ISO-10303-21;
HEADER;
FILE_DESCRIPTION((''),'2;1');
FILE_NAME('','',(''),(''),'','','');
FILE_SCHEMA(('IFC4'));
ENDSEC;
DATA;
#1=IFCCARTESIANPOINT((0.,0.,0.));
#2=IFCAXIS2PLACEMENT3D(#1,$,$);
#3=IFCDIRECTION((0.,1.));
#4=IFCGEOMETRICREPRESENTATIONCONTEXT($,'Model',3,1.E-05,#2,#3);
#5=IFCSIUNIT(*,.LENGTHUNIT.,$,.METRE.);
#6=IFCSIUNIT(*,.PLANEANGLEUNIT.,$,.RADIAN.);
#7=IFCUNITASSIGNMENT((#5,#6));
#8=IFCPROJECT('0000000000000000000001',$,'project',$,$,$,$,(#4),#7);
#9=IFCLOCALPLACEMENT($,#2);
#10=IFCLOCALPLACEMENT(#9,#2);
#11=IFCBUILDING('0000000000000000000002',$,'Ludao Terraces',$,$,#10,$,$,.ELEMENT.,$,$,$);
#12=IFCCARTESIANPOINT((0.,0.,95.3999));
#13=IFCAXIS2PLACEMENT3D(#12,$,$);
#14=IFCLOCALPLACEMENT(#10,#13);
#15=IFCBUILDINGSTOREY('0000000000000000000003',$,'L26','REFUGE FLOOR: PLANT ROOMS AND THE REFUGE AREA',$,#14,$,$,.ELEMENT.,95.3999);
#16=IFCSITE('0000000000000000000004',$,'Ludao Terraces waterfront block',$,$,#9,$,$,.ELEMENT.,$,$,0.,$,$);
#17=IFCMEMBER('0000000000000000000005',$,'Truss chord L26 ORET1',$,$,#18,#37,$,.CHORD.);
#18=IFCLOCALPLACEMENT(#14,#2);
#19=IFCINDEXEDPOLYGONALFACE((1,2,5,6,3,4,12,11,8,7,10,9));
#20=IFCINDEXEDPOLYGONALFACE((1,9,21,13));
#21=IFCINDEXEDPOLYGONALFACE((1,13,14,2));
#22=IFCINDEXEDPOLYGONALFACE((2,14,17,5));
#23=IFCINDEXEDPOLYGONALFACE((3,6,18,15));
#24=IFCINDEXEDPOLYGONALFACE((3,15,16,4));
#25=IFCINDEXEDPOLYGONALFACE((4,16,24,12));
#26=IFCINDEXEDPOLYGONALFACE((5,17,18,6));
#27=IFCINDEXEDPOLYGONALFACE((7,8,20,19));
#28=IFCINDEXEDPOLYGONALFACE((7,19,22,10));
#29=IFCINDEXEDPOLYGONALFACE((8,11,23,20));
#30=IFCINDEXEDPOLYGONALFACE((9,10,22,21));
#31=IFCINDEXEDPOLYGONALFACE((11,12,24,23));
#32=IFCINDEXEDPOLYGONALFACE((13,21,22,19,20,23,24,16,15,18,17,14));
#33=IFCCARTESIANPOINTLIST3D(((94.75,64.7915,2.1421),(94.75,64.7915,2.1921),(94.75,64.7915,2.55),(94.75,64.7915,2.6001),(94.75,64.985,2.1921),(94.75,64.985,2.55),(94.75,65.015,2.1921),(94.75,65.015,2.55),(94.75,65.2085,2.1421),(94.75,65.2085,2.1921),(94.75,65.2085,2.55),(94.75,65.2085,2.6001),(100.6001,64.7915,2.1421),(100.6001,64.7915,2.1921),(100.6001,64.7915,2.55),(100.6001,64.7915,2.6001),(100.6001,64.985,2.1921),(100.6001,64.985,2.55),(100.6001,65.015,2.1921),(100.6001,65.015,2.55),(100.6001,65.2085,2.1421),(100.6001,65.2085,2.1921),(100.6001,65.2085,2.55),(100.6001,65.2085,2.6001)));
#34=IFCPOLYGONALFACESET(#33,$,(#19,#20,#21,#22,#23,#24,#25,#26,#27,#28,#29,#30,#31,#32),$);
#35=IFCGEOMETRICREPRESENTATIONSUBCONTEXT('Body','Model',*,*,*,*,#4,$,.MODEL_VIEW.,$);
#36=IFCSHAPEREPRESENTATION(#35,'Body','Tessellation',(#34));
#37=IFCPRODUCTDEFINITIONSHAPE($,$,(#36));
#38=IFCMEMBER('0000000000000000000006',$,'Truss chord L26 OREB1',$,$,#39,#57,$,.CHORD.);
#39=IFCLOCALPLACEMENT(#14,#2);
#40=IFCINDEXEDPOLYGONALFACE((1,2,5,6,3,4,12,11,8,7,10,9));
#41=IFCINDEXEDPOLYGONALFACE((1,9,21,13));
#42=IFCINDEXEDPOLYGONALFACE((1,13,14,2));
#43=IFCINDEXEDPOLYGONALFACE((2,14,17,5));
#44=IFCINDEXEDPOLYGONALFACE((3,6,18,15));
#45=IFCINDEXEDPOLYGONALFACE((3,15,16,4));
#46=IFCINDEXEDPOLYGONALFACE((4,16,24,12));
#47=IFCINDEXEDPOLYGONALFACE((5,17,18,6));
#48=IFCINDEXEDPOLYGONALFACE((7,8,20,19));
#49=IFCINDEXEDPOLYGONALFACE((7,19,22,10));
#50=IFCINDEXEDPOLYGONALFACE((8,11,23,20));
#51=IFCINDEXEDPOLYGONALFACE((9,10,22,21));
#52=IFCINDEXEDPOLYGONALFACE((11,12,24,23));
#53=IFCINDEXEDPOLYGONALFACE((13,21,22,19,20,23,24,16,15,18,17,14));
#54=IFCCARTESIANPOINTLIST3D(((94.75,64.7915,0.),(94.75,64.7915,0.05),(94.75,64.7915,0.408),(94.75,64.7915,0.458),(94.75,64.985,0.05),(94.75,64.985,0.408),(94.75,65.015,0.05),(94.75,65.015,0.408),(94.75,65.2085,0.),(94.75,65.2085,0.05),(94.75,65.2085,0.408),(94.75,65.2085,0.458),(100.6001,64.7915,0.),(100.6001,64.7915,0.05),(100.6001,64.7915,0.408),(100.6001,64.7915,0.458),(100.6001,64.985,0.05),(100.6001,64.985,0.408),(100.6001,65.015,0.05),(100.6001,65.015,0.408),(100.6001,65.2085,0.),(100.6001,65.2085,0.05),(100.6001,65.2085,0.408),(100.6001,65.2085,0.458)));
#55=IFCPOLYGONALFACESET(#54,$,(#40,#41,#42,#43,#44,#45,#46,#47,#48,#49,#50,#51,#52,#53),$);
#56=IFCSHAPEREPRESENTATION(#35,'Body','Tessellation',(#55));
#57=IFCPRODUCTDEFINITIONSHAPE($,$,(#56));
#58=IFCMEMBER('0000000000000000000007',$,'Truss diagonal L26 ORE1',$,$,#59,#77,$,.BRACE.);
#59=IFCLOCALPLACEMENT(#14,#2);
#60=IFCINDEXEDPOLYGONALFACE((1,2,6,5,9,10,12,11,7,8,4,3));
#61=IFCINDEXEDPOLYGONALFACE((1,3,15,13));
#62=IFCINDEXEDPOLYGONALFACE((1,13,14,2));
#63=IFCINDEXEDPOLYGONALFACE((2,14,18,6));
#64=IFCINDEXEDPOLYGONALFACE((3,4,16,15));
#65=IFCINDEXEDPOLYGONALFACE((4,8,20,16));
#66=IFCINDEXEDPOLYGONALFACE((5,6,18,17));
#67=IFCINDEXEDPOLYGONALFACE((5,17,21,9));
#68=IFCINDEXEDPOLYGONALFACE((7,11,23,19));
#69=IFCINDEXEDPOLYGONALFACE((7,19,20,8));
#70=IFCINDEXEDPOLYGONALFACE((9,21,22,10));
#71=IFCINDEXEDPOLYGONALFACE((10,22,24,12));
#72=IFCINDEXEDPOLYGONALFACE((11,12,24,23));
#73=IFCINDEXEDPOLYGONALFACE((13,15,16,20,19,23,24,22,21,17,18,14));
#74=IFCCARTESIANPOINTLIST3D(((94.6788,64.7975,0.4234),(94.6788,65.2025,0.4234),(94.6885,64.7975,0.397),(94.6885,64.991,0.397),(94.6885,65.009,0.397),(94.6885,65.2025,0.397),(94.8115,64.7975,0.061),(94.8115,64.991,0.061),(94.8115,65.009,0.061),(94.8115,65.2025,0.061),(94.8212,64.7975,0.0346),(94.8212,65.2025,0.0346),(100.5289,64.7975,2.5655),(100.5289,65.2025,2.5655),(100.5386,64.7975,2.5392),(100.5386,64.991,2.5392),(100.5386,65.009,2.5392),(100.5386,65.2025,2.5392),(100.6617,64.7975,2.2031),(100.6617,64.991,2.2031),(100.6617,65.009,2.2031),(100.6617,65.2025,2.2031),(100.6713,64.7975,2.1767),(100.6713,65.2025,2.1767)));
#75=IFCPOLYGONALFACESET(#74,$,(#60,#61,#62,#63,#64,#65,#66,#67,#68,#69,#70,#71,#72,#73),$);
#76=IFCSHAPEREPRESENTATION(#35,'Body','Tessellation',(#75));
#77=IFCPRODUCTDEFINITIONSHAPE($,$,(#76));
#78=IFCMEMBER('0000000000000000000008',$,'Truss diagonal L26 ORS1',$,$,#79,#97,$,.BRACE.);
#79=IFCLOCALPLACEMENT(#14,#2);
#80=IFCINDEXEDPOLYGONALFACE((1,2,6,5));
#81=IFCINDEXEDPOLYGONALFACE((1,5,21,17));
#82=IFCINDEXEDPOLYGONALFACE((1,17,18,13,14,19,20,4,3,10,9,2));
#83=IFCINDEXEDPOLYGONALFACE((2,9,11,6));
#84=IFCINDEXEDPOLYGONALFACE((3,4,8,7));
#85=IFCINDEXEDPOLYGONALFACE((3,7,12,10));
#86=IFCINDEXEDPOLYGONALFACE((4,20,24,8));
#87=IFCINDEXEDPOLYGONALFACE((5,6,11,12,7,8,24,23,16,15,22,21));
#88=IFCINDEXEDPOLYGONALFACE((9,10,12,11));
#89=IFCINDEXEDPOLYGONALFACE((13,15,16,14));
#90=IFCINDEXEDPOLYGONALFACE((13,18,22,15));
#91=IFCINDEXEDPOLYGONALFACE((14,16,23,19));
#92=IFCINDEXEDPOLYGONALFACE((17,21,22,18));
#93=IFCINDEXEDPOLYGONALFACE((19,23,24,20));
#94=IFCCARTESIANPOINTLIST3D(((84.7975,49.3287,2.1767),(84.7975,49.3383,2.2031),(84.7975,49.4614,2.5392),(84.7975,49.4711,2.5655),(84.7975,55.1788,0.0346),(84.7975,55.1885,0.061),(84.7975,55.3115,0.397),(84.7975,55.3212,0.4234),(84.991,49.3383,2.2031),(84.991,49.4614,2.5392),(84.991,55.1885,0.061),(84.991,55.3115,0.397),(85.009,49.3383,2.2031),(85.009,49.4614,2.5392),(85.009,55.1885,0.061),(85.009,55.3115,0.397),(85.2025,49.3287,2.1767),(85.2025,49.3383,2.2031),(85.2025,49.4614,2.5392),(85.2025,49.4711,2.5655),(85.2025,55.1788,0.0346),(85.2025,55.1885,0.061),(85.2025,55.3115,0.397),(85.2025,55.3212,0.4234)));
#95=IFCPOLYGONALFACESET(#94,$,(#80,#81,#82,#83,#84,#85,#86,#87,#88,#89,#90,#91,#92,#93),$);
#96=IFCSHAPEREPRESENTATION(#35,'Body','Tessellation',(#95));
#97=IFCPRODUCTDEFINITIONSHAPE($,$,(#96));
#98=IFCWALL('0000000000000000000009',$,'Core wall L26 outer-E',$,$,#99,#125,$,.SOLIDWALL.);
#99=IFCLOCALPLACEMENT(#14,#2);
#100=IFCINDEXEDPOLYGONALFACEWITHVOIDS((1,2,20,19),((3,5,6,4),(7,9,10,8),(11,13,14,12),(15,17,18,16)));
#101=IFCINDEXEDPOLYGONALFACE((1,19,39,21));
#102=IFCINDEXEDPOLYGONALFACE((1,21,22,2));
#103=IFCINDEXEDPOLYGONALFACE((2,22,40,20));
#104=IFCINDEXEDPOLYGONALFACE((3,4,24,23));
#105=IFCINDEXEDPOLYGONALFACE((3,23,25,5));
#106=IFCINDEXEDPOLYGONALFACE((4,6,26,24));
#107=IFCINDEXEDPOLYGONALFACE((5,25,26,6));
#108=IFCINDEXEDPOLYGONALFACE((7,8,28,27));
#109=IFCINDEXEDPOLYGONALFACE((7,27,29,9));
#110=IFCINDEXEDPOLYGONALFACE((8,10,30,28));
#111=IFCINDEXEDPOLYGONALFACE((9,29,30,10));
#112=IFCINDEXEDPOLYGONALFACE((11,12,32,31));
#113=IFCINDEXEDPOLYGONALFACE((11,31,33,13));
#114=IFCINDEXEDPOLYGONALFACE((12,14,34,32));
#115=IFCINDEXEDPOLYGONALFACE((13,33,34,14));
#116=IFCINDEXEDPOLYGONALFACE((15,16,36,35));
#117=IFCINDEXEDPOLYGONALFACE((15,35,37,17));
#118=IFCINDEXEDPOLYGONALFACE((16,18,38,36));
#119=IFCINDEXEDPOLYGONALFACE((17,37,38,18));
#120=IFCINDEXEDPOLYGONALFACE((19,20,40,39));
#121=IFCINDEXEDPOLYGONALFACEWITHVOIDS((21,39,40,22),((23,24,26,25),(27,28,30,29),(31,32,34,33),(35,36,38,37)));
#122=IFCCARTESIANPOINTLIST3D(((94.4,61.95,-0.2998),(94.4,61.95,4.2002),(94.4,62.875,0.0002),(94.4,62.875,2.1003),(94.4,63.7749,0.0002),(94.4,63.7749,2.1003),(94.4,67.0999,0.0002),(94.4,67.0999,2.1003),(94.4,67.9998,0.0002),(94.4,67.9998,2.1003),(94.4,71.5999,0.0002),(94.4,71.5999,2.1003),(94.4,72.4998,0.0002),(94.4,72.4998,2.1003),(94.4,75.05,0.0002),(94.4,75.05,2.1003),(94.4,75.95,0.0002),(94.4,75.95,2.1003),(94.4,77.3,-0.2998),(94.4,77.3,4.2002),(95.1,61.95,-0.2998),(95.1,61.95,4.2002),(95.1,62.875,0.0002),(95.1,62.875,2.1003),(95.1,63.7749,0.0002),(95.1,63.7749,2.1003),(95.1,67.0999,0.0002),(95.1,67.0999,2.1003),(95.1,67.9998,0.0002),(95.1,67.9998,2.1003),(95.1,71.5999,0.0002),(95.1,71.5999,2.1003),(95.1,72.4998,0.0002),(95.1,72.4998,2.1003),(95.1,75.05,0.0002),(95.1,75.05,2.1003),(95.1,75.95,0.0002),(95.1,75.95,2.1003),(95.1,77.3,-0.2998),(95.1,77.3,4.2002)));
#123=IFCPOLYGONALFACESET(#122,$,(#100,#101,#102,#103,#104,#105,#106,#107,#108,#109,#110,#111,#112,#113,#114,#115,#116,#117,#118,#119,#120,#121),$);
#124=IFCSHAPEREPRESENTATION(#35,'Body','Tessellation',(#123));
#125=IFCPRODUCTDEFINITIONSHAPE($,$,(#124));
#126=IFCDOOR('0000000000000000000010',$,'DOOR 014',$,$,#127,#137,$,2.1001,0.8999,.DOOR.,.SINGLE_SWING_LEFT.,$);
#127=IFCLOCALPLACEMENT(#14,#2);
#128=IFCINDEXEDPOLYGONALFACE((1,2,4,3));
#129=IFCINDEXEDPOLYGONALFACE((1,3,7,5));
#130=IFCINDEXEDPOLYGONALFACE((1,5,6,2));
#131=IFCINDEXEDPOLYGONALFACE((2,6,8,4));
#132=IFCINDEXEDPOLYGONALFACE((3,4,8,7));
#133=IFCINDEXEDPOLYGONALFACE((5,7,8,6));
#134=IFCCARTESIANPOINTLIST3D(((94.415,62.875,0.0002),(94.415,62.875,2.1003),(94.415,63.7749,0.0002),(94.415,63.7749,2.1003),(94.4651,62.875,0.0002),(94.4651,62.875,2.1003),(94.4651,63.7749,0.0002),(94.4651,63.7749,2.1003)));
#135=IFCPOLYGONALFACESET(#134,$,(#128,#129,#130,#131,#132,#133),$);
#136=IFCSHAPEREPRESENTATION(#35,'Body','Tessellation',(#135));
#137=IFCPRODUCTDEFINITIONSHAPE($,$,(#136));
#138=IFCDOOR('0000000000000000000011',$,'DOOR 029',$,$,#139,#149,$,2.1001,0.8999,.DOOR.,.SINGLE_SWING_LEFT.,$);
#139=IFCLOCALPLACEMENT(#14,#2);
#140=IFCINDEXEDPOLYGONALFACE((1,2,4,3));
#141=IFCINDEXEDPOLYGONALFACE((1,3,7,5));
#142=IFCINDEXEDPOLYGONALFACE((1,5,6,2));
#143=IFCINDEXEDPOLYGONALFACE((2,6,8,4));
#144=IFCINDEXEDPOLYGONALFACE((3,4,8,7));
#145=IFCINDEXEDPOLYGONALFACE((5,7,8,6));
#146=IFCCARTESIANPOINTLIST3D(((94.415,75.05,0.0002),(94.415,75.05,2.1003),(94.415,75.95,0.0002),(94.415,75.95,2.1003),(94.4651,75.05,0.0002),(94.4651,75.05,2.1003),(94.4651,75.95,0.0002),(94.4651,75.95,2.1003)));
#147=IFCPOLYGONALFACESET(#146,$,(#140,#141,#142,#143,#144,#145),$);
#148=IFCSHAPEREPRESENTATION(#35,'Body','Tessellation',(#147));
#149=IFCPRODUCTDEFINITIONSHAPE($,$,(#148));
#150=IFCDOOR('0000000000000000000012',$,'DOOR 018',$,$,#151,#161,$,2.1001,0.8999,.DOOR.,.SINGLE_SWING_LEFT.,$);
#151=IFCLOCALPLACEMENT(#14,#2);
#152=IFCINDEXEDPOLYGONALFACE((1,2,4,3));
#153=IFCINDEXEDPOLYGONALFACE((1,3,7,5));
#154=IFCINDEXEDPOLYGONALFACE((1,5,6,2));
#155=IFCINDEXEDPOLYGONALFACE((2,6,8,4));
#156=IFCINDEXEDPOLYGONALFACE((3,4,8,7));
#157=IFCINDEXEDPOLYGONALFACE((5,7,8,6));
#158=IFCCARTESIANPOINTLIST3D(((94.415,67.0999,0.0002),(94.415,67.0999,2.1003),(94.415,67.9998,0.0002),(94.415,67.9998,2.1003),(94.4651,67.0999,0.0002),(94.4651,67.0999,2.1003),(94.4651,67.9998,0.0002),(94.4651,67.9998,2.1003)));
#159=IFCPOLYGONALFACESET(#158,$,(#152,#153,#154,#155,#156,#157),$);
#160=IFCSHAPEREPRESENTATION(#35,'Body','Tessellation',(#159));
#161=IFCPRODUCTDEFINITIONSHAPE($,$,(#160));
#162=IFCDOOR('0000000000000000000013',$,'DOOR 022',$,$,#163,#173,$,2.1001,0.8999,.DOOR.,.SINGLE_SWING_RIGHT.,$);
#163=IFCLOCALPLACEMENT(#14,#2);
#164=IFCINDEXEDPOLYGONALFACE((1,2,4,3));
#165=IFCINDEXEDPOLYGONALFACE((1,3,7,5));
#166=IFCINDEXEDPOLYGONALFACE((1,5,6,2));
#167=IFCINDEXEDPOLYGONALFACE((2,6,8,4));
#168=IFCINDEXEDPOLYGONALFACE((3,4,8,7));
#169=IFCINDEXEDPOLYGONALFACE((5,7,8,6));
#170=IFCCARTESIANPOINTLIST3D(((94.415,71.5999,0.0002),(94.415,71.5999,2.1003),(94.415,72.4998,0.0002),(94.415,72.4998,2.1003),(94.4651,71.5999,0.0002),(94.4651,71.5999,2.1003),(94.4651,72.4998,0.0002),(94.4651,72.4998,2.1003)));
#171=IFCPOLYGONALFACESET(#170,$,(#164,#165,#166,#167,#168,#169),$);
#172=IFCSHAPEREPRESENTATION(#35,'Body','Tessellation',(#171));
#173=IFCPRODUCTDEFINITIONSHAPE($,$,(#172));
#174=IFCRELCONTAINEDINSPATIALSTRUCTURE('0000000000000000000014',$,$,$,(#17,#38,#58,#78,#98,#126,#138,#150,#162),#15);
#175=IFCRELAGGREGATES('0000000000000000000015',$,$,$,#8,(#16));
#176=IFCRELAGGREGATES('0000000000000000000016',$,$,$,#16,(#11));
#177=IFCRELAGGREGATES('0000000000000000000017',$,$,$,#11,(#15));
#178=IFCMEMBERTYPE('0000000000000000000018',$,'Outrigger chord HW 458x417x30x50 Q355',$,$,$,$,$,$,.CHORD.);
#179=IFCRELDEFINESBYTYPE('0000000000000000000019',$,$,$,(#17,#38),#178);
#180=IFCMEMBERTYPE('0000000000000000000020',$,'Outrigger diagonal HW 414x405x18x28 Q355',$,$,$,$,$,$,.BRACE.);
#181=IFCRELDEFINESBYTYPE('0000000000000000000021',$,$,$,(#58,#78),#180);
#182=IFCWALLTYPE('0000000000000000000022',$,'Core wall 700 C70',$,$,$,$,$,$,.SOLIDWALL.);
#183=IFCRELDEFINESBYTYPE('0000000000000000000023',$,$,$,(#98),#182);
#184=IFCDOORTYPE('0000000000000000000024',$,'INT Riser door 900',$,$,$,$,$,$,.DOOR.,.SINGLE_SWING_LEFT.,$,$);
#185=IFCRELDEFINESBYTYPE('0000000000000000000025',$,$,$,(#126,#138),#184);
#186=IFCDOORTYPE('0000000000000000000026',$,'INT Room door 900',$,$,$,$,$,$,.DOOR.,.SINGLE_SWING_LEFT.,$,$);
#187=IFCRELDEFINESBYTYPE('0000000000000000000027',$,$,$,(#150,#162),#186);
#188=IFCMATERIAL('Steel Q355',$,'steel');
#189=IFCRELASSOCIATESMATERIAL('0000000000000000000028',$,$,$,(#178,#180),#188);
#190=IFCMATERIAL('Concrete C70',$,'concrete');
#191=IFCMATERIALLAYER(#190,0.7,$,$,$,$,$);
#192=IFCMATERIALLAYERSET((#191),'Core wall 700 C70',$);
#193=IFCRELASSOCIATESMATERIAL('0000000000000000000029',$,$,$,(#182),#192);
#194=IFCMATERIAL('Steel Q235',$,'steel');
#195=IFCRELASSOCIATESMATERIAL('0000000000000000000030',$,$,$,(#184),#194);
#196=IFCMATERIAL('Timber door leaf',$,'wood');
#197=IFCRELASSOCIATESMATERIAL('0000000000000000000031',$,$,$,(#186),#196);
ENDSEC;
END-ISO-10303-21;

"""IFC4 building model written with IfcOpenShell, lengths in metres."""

from ifc_helpers import new_model, si_unit, direction, frame, frame_2d, origin, origin_2d, place, context, subcontext, project, spatial, rectangle, i_section, extrude, material, layer, layer_set, material_profile, profile_set, type_object, element, fill, save


model = new_model("IFC4")

# Units and contexts
model_context = context("Model", 3, precision=1e-05, world=origin(), true_north=direction((0.0, 1.0)))
body_context = subcontext(model_context, "Body", "Model", "MODEL_VIEW")
ifc_project = project(units=[si_unit("LENGTHUNIT", "METRE"), si_unit("PLANEANGLEUNIT", "RADIAN")], contexts=[model_context])

# Site, building, storey
site_placement = place(None, origin())
site = spatial("IfcSite", under=ifc_project, at=site_placement, Name="Ludao Terraces waterfront block", CompositionType="ELEMENT", RefElevation=0.0)
building_placement = place(site_placement, origin())
building = spatial("IfcBuilding", under=site, at=building_placement, Name="Ludao Terraces", CompositionType="ELEMENT")
storey_placement = place(building_placement, frame((0.0, 0.0, 95.3999)))
storey = spatial("IfcBuildingStorey", under=building, at=storey_placement, Name="L26", Description="REFUGE FLOOR: PLANT ROOMS AND THE REFUGE AREA", CompositionType="ELEMENT", Elevation=95.3999)

# Members
ifc_material_1 = material(Name="Steel Q355", Category="steel")
ifc_material_profile_1 = material_profile(ifc_material_1, i_section(OverallWidth=0.417, OverallDepth=0.458, WebThickness=0.03, FlangeThickness=0.05, at=origin_2d()), Name="HW 458X417X30X50")
ifc_profile_set_1 = profile_set([ifc_material_profile_1], Name="Steel Q355")
member_type_1 = type_object("IfcMemberType", Name="Outrigger chord HW 458x417x30x50 Q355", PredefinedType="CHORD", material=ifc_profile_set_1)
for number, where, z_axis, x_axis, name in (
    (1, (94.75, 65.0, 2.3711), (1.0, 0.0, 0.0), (0.0, 1.0, 0.0), "Truss chord L26 ORET1"),
    (2, (94.75, 65.0, 0.229), (1.0, 0.0, 0.0), (0.0, 1.0, 0.0), "Truss chord L26 OREB1"),
):
    element("IfcMember", number, at=place(storey_placement, frame(where, z_axis=z_axis, x_axis=x_axis)), inside=storey, type_object=member_type_1, Name=name, PredefinedType="CHORD", context=body_context, shape_type="SweptSolid", body=[
        extrude(i_section(OverallWidth=0.417, OverallDepth=0.458, WebThickness=0.03, FlangeThickness=0.05, at=origin_2d()), origin(), (0.0, 0.0, 1.0), 5.8501),
    ])
ifc_material_profile_2 = material_profile(ifc_material_1, i_section(OverallWidth=0.405, OverallDepth=0.4141, WebThickness=0.0181, FlangeThickness=0.0281, at=origin_2d()), Name="HW 414X405X18X28")
ifc_profile_set_2 = profile_set([ifc_material_profile_2], Name="Steel Q355")
member_type_2 = type_object("IfcMemberType", Name="Outrigger diagonal HW 414x405x18x28 Q355", PredefinedType="BRACE", material=ifc_profile_set_2)
for number, where, z_axis, x_axis, name in (
    (3, (94.75, 65.0, 0.229), (0.939029, 0.0, 0.343838), (0.0, 1.0, 0.0), "Truss diagonal L26 ORE1"),
    (4, (85.0, 55.25, 0.229), (0.0, -0.939029, 0.343838), (1.0, 0.0, 0.0), "Truss diagonal L26 ORS1"),
):
    element("IfcMember", number, at=place(storey_placement, frame(where, z_axis=z_axis, x_axis=x_axis)), inside=storey, type_object=member_type_2, Name=name, PredefinedType="BRACE", context=body_context, shape_type="SweptSolid", body=[
        extrude(i_section(OverallWidth=0.405, OverallDepth=0.4141, WebThickness=0.0181, FlangeThickness=0.0281, at=origin_2d()), origin(), (0.0, 0.0, 1.0), 6.23),
    ])

# Wall, openings, doors
ifc_material_2 = material(Name="Concrete C70", Category="concrete")
ifc_layer_1 = layer(ifc_material_2, 0.7)
ifc_layer_set_1 = layer_set([ifc_layer_1], Name="Core wall 700 C70")
wall_type_1 = type_object("IfcWallType", Name="Core wall 700 C70", PredefinedType="SOLIDWALL", material=ifc_layer_set_1)
wall_1_placement = place(storey_placement, frame((94.75, 61.95, -0.2998), z_axis=(0.0, 0.0, 1.0), x_axis=(0.0, 1.0, 0.0)))
wall_1 = element("IfcWall", 5, at=wall_1_placement, inside=storey, type_object=wall_type_1, Name="Core wall L26 outer-E", PredefinedType="SOLIDWALL", context=body_context, shape_type="SweptSolid", body=[
    extrude(rectangle(XDim=15.3501, YDim=0.7, at=frame_2d((7.675, 0.0))), origin(), (0.0, 0.0, 1.0), 4.5),
])
opening_1_placement = place(wall_1_placement, frame((0.925, 0.0, 0.3)))
opening_1 = element("IfcOpeningElement", 6, at=opening_1_placement, cuts=wall_1, PredefinedType="OPENING", context=body_context, shape_type="SweptSolid", body=[
    extrude(rectangle(XDim=0.8999, YDim=2.1001, at=frame_2d((0.45, 1.05))), frame((0.0, 0.3599, 0.0), z_axis=(0.0, -1.0, 0.0), x_axis=(1.0, 0.0, 0.0)), (0.0, 0.0, 1.0), 0.72),
])
opening_2_placement = place(wall_1_placement, frame((5.1499, 0.0, 0.3)))
opening_2 = element("IfcOpeningElement", 7, at=opening_2_placement, cuts=wall_1, PredefinedType="OPENING", context=body_context, shape_type="SweptSolid", body=[
    extrude(rectangle(XDim=0.8999, YDim=2.1001, at=frame_2d((0.45, 1.05))), frame((0.0, 0.3599, 0.0), z_axis=(0.0, -1.0, 0.0), x_axis=(1.0, 0.0, 0.0)), (0.0, 0.0, 1.0), 0.72),
])
opening_3_placement = place(wall_1_placement, frame((9.6499, 0.0, 0.3)))
opening_3 = element("IfcOpeningElement", 8, at=opening_3_placement, cuts=wall_1, PredefinedType="OPENING", context=body_context, shape_type="SweptSolid", body=[
    extrude(rectangle(XDim=0.8999, YDim=2.1001, at=frame_2d((0.45, 1.05))), frame((0.0, 0.3599, 0.0), z_axis=(0.0, -1.0, 0.0), x_axis=(1.0, 0.0, 0.0)), (0.0, 0.0, 1.0), 0.72),
])
opening_4_placement = place(wall_1_placement, frame((13.1001, 0.0, 0.3)))
opening_4 = element("IfcOpeningElement", 9, at=opening_4_placement, cuts=wall_1, PredefinedType="OPENING", context=body_context, shape_type="SweptSolid", body=[
    extrude(rectangle(XDim=0.8999, YDim=2.1001, at=frame_2d((0.45, 1.05))), frame((0.0, 0.3599, 0.0), z_axis=(0.0, -1.0, 0.0), x_axis=(1.0, 0.0, 0.0)), (0.0, 0.0, 1.0), 0.72),
])
ifc_material_3 = material(Name="Steel Q235", Category="steel")
door_type_1 = type_object("IfcDoorType", Name="INT Riser door 900", OperationType="SINGLE_SWING_LEFT", PredefinedType="DOOR", material=ifc_material_3)
door_1_placement = place(opening_1_placement, origin())
door_1 = element("IfcDoor", 10, at=door_1_placement, inside=storey, type_object=door_type_1, Name="DOOR 014", OperationType="SINGLE_SWING_LEFT", OverallHeight=2.1001, OverallWidth=0.8999, PredefinedType="DOOR", context=body_context, shape_type="SweptSolid", body=[
    extrude(rectangle(XDim=0.8999, YDim=2.1001, at=frame_2d((0.45, 1.05))), frame((0.0, 0.335, 0.0), z_axis=(0.0, -1.0, 0.0), x_axis=(1.0, 0.0, 0.0)), (0.0, 0.0, 1.0), 0.05),
])
fill(opening_1, door_1)
door_2_placement = place(opening_4_placement, origin())
door_2 = element("IfcDoor", 11, at=door_2_placement, inside=storey, type_object=door_type_1, Name="DOOR 029", OperationType="SINGLE_SWING_LEFT", OverallHeight=2.1001, OverallWidth=0.8999, PredefinedType="DOOR", context=body_context, shape_type="SweptSolid", body=[
    extrude(rectangle(XDim=0.8999, YDim=2.1001, at=frame_2d((0.45, 1.05))), frame((0.0, 0.335, 0.0), z_axis=(0.0, -1.0, 0.0), x_axis=(1.0, 0.0, 0.0)), (0.0, 0.0, 1.0), 0.05),
])
fill(opening_4, door_2)
ifc_material_4 = material(Name="Timber door leaf", Category="wood")
door_type_2 = type_object("IfcDoorType", Name="INT Room door 900", OperationType="SINGLE_SWING_LEFT", PredefinedType="DOOR", material=ifc_material_4)
door_3_placement = place(opening_2_placement, origin())
door_3 = element("IfcDoor", 12, at=door_3_placement, inside=storey, type_object=door_type_2, Name="DOOR 018", OperationType="SINGLE_SWING_LEFT", OverallHeight=2.1001, OverallWidth=0.8999, PredefinedType="DOOR", context=body_context, shape_type="SweptSolid", body=[
    extrude(rectangle(XDim=0.8999, YDim=2.1001, at=frame_2d((0.45, 1.05))), frame((0.0, 0.335, 0.0), z_axis=(0.0, -1.0, 0.0), x_axis=(1.0, 0.0, 0.0)), (0.0, 0.0, 1.0), 0.05),
])
fill(opening_2, door_3)
door_4_placement = place(opening_3_placement, origin())
door_4 = element("IfcDoor", 13, at=door_4_placement, inside=storey, type_object=door_type_2, Name="DOOR 022", OperationType="SINGLE_SWING_RIGHT", OverallHeight=2.1001, OverallWidth=0.8999, PredefinedType="DOOR", context=body_context, shape_type="SweptSolid", body=[
    extrude(rectangle(XDim=0.8999, YDim=2.1001, at=frame_2d((0.45, 1.05))), frame((0.0, 0.335, 0.0), z_axis=(0.0, -1.0, 0.0), x_axis=(1.0, 0.0, 0.0)), (0.0, 0.0, 1.0), 0.05),
])
fill(opening_3, door_4)

save(model, "model.ifc")
